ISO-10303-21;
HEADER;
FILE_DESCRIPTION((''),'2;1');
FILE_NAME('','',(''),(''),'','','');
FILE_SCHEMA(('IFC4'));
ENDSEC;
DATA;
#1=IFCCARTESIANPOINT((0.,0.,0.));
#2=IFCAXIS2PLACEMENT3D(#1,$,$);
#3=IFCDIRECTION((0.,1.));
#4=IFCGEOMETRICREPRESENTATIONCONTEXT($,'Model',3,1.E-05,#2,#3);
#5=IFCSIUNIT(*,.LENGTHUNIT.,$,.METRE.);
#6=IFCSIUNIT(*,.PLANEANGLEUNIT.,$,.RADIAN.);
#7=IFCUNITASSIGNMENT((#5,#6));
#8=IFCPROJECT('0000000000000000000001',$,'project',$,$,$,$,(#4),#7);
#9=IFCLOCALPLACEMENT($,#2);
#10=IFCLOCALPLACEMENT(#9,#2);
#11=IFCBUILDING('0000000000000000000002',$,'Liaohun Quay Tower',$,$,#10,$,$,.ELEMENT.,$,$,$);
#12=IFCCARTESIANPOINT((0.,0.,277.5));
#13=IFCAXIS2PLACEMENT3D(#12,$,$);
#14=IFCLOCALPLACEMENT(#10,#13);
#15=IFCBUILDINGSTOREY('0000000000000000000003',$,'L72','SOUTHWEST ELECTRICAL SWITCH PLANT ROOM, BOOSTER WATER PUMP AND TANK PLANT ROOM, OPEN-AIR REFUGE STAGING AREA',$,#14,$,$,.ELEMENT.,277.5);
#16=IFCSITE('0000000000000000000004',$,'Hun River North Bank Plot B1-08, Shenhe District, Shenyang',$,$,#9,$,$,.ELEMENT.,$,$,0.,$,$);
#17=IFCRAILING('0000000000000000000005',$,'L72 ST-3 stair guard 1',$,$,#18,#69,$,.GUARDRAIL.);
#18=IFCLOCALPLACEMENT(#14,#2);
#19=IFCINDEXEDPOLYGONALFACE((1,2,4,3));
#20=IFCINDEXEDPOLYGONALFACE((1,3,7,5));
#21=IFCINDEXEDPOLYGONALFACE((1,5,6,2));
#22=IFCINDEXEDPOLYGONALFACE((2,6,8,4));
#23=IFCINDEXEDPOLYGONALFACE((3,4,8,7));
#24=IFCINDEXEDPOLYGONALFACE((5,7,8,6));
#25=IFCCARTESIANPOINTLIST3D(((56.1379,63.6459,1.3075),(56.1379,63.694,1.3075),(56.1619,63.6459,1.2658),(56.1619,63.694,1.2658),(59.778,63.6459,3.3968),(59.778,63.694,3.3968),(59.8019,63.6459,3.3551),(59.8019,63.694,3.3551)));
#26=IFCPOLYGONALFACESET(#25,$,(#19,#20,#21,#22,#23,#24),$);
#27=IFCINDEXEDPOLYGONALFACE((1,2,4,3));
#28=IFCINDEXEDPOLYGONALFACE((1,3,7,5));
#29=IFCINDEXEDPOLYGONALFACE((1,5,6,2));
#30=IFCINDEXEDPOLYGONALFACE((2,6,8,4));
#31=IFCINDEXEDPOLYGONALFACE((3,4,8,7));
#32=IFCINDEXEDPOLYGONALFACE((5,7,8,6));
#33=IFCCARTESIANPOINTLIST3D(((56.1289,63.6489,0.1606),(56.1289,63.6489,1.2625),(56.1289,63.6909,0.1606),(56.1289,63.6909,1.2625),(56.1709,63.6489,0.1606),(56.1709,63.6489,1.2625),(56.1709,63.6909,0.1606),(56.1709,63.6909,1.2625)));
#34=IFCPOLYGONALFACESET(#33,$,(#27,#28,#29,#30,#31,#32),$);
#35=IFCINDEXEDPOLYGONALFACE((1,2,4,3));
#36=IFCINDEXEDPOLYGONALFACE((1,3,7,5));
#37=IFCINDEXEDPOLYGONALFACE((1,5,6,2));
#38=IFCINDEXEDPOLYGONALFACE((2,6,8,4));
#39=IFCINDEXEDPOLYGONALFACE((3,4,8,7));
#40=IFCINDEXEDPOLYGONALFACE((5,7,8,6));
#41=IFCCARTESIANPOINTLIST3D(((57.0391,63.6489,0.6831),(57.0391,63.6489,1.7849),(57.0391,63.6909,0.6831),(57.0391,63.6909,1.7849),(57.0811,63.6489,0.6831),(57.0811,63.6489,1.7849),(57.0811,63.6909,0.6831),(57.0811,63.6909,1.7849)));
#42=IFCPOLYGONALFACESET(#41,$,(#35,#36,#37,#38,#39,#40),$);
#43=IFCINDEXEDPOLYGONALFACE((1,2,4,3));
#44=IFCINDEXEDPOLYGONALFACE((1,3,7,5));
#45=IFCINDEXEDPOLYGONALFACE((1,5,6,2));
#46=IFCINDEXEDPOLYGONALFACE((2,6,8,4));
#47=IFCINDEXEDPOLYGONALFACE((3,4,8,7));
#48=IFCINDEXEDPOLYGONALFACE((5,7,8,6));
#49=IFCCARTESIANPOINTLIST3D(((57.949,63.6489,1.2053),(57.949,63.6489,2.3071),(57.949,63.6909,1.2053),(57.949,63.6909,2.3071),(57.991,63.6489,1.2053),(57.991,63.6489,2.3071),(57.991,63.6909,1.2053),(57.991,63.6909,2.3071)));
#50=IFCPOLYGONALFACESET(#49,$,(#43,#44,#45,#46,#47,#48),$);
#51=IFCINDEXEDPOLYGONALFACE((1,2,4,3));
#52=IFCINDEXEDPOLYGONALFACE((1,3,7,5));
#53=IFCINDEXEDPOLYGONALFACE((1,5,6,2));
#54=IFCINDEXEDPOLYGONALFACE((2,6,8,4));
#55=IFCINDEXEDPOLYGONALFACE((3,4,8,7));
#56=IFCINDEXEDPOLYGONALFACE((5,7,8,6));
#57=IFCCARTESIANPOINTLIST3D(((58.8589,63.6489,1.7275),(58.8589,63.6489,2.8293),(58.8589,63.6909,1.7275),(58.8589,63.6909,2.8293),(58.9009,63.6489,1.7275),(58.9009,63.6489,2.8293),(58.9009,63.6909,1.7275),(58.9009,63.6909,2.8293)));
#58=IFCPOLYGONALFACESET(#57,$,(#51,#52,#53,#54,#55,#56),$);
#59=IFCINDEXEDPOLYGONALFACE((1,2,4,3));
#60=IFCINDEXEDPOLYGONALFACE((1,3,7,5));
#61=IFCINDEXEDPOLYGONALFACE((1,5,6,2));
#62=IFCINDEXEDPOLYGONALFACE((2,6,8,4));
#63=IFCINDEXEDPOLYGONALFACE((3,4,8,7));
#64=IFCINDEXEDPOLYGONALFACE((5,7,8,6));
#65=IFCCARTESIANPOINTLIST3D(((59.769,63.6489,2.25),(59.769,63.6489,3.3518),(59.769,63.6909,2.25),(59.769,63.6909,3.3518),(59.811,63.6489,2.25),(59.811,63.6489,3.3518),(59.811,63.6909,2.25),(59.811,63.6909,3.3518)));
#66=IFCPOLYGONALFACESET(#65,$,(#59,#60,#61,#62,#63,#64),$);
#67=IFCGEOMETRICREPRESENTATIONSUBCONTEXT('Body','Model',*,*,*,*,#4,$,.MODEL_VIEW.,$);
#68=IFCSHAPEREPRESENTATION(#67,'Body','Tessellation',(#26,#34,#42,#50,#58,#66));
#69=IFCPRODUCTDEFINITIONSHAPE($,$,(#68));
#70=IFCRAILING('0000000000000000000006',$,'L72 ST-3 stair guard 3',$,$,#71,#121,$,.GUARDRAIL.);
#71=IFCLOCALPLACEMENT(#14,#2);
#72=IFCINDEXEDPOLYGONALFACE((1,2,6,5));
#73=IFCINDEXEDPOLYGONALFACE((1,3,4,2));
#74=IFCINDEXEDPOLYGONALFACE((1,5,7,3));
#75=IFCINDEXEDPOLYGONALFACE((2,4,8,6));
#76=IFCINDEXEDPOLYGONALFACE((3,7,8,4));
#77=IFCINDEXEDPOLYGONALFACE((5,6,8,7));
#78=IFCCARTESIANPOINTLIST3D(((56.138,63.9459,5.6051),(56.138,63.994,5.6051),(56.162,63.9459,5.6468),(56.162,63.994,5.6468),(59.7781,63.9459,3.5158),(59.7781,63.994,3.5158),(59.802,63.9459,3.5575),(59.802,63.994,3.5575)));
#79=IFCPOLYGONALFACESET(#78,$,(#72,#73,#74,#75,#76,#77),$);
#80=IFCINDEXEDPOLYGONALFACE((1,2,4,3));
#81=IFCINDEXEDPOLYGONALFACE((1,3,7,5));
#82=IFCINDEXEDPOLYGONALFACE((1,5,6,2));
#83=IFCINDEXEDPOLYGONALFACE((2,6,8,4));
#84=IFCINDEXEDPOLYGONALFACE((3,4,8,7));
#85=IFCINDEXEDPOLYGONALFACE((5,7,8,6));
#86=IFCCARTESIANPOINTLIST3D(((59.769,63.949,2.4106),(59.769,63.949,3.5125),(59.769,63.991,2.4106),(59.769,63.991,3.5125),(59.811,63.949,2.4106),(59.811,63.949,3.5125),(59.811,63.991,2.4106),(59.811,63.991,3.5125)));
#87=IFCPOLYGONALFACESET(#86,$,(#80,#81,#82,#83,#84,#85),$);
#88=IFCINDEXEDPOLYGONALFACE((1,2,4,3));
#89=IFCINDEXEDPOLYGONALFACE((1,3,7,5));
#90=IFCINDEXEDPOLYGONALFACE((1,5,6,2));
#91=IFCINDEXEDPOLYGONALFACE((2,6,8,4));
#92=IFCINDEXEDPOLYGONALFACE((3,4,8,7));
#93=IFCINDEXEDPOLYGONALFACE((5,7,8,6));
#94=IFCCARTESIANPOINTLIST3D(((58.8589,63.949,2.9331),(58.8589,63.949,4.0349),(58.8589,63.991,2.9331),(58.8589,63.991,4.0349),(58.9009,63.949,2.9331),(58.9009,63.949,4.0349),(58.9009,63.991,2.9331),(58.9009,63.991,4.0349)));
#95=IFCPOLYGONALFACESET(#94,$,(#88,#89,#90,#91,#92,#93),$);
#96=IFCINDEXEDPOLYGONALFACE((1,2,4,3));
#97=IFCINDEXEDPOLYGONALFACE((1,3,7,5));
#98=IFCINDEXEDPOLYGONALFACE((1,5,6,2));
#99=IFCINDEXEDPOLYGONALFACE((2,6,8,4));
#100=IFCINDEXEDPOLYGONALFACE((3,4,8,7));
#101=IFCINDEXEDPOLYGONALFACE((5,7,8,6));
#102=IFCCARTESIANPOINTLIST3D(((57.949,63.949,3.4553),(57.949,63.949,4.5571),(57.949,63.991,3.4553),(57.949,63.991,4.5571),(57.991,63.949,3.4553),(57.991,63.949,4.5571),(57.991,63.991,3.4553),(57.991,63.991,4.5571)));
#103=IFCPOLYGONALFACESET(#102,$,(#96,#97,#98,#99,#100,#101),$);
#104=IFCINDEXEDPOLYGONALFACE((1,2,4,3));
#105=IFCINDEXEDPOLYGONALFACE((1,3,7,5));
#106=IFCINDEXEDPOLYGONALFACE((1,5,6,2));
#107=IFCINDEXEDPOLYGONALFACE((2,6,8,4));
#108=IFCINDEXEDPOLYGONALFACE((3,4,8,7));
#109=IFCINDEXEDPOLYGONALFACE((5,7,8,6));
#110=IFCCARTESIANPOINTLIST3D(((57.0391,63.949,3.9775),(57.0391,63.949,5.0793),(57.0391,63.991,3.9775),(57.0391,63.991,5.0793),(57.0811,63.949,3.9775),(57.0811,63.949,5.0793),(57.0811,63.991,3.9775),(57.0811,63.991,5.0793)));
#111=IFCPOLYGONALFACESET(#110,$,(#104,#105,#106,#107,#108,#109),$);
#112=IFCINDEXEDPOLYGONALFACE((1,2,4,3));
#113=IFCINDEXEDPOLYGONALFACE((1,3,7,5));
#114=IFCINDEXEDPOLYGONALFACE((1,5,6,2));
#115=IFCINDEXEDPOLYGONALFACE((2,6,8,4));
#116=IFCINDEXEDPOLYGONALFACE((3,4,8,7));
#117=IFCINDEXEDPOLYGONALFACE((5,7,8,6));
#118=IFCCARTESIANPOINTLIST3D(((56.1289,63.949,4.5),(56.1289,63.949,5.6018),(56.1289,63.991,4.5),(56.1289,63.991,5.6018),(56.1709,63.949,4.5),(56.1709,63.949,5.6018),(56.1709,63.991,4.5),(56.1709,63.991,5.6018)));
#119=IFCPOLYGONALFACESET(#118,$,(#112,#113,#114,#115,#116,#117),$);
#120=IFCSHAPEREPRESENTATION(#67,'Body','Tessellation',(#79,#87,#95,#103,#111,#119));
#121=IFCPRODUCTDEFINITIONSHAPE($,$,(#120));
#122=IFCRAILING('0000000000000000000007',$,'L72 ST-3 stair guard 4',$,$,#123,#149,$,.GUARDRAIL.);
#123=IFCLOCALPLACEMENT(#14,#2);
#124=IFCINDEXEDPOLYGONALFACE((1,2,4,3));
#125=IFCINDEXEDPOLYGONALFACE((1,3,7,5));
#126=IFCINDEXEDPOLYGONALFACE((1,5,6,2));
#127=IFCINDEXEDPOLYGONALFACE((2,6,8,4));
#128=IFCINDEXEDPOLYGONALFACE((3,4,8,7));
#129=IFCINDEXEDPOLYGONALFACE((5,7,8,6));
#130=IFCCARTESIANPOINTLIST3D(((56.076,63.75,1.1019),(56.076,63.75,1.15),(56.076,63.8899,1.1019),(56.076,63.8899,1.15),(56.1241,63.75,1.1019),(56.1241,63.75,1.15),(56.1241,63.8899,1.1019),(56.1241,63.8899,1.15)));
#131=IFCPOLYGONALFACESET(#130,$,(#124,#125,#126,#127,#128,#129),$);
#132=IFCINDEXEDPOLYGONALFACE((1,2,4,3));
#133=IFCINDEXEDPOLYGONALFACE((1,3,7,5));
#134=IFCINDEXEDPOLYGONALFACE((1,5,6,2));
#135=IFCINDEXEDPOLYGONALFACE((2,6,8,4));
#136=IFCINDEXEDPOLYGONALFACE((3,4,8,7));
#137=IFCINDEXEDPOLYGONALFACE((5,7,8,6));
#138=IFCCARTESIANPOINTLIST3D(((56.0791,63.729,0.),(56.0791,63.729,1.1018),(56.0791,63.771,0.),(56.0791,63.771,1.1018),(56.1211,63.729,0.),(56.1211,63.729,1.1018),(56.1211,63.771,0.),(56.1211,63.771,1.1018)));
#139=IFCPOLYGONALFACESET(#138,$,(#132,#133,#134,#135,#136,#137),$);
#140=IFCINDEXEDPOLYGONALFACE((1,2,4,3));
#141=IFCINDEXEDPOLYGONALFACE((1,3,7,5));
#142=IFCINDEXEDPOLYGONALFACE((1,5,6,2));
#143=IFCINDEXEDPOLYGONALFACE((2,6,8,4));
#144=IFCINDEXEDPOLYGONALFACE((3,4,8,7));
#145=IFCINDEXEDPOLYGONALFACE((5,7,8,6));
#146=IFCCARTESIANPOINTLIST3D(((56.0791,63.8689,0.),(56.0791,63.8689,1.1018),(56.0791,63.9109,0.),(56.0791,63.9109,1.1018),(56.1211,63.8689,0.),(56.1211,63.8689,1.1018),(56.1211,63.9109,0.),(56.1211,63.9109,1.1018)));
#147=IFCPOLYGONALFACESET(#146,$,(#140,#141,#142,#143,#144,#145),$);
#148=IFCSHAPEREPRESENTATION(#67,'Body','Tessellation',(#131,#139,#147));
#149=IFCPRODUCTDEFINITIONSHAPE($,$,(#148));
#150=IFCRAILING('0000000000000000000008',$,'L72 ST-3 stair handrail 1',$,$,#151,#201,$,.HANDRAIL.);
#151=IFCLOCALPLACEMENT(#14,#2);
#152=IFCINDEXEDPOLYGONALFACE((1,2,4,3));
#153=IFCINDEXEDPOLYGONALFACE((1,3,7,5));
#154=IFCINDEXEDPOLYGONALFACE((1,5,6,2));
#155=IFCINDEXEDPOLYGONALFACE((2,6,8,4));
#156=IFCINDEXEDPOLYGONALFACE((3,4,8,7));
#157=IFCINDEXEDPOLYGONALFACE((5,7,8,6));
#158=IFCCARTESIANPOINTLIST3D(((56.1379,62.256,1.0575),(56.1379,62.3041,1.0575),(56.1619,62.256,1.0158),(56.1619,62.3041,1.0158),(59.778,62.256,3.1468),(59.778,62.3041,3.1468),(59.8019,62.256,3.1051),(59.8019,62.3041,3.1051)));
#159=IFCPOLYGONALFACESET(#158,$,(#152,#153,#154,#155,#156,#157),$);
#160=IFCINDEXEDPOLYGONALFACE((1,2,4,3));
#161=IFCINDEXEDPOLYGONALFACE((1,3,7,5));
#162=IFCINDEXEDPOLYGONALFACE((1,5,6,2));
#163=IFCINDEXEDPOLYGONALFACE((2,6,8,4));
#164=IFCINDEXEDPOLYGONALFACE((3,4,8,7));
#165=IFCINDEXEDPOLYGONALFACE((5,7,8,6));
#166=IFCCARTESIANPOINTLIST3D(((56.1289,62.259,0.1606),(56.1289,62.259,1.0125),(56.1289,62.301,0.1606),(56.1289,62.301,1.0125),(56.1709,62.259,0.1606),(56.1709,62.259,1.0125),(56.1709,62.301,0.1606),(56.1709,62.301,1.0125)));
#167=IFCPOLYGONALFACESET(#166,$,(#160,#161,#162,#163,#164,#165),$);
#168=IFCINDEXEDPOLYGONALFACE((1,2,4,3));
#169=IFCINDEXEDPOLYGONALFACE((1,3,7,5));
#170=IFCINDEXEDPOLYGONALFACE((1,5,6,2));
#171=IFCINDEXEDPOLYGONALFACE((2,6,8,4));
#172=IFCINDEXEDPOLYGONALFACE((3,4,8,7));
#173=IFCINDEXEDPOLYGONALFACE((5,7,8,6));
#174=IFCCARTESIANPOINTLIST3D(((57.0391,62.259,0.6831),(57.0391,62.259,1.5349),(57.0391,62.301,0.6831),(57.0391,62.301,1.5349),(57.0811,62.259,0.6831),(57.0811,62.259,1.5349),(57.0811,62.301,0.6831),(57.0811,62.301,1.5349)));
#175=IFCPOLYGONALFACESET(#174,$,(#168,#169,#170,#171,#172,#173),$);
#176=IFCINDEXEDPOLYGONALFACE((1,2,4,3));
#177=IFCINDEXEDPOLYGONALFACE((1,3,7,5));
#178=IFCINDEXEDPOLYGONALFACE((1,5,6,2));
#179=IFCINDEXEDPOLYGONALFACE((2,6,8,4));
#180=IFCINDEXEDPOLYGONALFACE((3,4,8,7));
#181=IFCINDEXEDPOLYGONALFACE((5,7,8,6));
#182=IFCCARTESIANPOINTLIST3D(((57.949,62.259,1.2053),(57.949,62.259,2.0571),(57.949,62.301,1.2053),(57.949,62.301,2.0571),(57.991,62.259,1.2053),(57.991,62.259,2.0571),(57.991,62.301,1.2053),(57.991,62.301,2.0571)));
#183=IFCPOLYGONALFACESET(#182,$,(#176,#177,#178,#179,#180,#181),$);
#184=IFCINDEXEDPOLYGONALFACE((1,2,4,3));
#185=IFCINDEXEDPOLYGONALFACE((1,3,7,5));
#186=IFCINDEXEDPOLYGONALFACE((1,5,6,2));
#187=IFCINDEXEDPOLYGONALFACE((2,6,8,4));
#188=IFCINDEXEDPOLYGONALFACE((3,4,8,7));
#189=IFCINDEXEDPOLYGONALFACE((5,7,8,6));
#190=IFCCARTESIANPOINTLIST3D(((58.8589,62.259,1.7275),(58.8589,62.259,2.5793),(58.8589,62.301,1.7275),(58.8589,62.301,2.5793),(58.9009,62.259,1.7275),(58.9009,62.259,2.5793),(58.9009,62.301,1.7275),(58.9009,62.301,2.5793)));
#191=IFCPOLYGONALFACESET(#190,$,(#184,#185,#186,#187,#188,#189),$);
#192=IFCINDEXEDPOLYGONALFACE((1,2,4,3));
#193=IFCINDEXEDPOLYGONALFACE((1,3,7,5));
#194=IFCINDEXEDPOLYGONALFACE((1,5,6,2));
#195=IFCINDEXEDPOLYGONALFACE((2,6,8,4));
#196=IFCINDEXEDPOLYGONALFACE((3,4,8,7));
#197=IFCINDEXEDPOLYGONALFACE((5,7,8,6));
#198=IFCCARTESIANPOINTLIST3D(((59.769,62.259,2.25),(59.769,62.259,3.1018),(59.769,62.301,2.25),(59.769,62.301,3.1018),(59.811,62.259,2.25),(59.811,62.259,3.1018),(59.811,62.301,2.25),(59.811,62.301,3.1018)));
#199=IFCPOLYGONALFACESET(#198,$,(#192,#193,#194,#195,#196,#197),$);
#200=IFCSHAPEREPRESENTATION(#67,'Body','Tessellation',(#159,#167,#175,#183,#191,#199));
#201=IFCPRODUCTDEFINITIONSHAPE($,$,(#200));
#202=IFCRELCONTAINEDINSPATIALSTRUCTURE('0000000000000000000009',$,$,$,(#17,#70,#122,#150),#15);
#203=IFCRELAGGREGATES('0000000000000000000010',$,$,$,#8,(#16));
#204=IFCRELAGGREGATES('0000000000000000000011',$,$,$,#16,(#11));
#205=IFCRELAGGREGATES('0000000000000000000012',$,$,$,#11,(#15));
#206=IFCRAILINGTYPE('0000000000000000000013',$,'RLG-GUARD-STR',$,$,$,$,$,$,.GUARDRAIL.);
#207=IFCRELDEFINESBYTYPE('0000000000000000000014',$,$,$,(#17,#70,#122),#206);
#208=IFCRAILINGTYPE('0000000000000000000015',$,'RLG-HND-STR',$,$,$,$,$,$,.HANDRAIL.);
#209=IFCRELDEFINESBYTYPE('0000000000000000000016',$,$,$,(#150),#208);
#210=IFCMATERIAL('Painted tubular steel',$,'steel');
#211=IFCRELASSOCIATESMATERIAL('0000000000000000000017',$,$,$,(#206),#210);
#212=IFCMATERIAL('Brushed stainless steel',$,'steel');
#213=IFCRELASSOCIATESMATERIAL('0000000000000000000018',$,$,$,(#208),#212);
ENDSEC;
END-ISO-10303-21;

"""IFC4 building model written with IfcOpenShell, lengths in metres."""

from ifc_helpers import new_model, si_unit, direction, frame, origin, origin_2d, place, context, subcontext, project, spatial, rectangle, extrude, material, type_object, element, save


model = new_model("IFC4")

# Units and contexts
model_context = context("Model", 3, precision=1e-05, world=origin(), true_north=direction((0.0, 1.0)))
body_context = subcontext(model_context, "Body", "Model", "MODEL_VIEW")
ifc_project = project(units=[si_unit("LENGTHUNIT", "METRE"), si_unit("PLANEANGLEUNIT", "RADIAN")], contexts=[model_context])

# Site, building, storey
site_placement = place(None, origin())
site = spatial("IfcSite", under=ifc_project, at=site_placement, Name="Hun River North Bank Plot B1-08, Shenhe District, Shenyang", CompositionType="ELEMENT", RefElevation=0.0)
building_placement = place(site_placement, origin())
building = spatial("IfcBuilding", under=site, at=building_placement, Name="Liaohun Quay Tower", CompositionType="ELEMENT")
storey_placement = place(building_placement, frame((0.0, 0.0, 277.5)))
storey = spatial("IfcBuildingStorey", under=building, at=storey_placement, Name="L72", Description="SOUTHWEST ELECTRICAL SWITCH PLANT ROOM, BOOSTER WATER PUMP AND TANK PLANT ROOM, OPEN-AIR REFUGE STAGING AREA", CompositionType="ELEMENT", Elevation=277.5)

# Railings
ifc_material_1 = material(Name="Painted tubular steel", Category="steel")
railing_type_1 = type_object("IfcRailingType", Name="RLG-GUARD-STR", PredefinedType="GUARDRAIL", material=ifc_material_1)
railing_1_placement = place(storey_placement, frame((56.1499, 63.6699, 0.1606)))
element("IfcRailing", 1, at=railing_1_placement, inside=storey, type_object=railing_type_1, Name="L72 ST-3 stair guard 1", PredefinedType="GUARDRAIL", context=body_context, shape_type="SweptSolid", body=[
    extrude(rectangle(XDim=0.0481, YDim=0.0481, at=origin_2d()), frame((0.0, 0.0, 1.126), z_axis=(0.867289, 0.0, 0.497804), x_axis=(0.0, 1.0, 0.0)), (0.0, 0.0, 1.0), 4.197),
    extrude(rectangle(XDim=0.042, YDim=0.042, at=origin_2d()), origin(), (0.0, 0.0, 1.0), 1.1018),
    extrude(rectangle(XDim=0.042, YDim=0.042, at=origin_2d()), frame((0.9102, 0.0, 0.5225)), (0.0, 0.0, 1.0), 1.1018),
    extrude(rectangle(XDim=0.042, YDim=0.042, at=origin_2d()), frame((1.8201, 0.0, 1.0447)), (0.0, 0.0, 1.0), 1.1018),
    extrude(rectangle(XDim=0.042, YDim=0.042, at=origin_2d()), frame((2.73, 0.0, 1.5669)), (0.0, 0.0, 1.0), 1.1018),
    extrude(rectangle(XDim=0.042, YDim=0.042, at=origin_2d()), frame((3.6401, 0.0, 2.0894)), (0.0, 0.0, 1.0), 1.1018),
])
railing_2_placement = place(storey_placement, frame((59.79, 63.97, 2.4106)))
element("IfcRailing", 2, at=railing_2_placement, inside=storey, type_object=railing_type_1, Name="L72 ST-3 stair guard 3", PredefinedType="GUARDRAIL", context=body_context, shape_type="SweptSolid", body=[
    extrude(rectangle(XDim=0.0481, YDim=0.0481, at=origin_2d()), frame((0.0, 0.0, 1.126), z_axis=(-0.867289, 0.0, 0.497804), x_axis=(0.0, -1.0, 0.0)), (0.0, 0.0, 1.0), 4.197),
    extrude(rectangle(XDim=0.042, YDim=0.042, at=origin_2d()), origin(), (0.0, 0.0, 1.0), 1.1018),
    extrude(rectangle(XDim=0.042, YDim=0.042, at=origin_2d()), frame((-0.9102, 0.0, 0.5225)), (0.0, 0.0, 1.0), 1.1018),
    extrude(rectangle(XDim=0.042, YDim=0.042, at=origin_2d()), frame((-1.8201, 0.0, 1.0447)), (0.0, 0.0, 1.0), 1.1018),
    extrude(rectangle(XDim=0.042, YDim=0.042, at=origin_2d()), frame((-2.73, 0.0, 1.5669)), (0.0, 0.0, 1.0), 1.1018),
    extrude(rectangle(XDim=0.042, YDim=0.042, at=origin_2d()), frame((-3.6401, 0.0, 2.0894)), (0.0, 0.0, 1.0), 1.1018),
])
railing_3_placement = place(storey_placement, frame((56.1001, 63.75, 0.0)))
element("IfcRailing", 3, at=railing_3_placement, inside=storey, type_object=railing_type_1, Name="L72 ST-3 stair guard 4", PredefinedType="GUARDRAIL", context=body_context, shape_type="SweptSolid", body=[
    extrude(rectangle(XDim=0.0481, YDim=0.0481, at=origin_2d()), frame((0.0, 0.0, 1.126), z_axis=(0.0, 1.0, 0.0), x_axis=(-1.0, 0.0, 0.0)), (0.0, 0.0, 1.0), 0.1399),
    extrude(rectangle(XDim=0.042, YDim=0.042, at=origin_2d()), origin(), (0.0, 0.0, 1.0), 1.1018),
    extrude(rectangle(XDim=0.042, YDim=0.042, at=origin_2d()), frame((0.0, 0.1399, 0.0)), (0.0, 0.0, 1.0), 1.1018),
])
ifc_material_2 = material(Name="Brushed stainless steel", Category="steel")
railing_type_2 = type_object("IfcRailingType", Name="RLG-HND-STR", PredefinedType="HANDRAIL", material=ifc_material_2)
railing_4_placement = place(storey_placement, frame((56.1499, 62.28, 0.1606)))
element("IfcRailing", 4, at=railing_4_placement, inside=storey, type_object=railing_type_2, Name="L72 ST-3 stair handrail 1", PredefinedType="HANDRAIL", context=body_context, shape_type="SweptSolid", body=[
    extrude(rectangle(XDim=0.0481, YDim=0.0481, at=origin_2d()), frame((0.0, 0.0, 0.876), z_axis=(0.867289, 0.0, 0.497804), x_axis=(0.0, 1.0, 0.0)), (0.0, 0.0, 1.0), 4.197),
    extrude(rectangle(XDim=0.042, YDim=0.042, at=origin_2d()), origin(), (0.0, 0.0, 1.0), 0.8518),
    extrude(rectangle(XDim=0.042, YDim=0.042, at=origin_2d()), frame((0.9102, 0.0, 0.5225)), (0.0, 0.0, 1.0), 0.8518),
    extrude(rectangle(XDim=0.042, YDim=0.042, at=origin_2d()), frame((1.8201, 0.0, 1.0447)), (0.0, 0.0, 1.0), 0.8518),
    extrude(rectangle(XDim=0.042, YDim=0.042, at=origin_2d()), frame((2.73, 0.0, 1.5669)), (0.0, 0.0, 1.0), 0.8518),
    extrude(rectangle(XDim=0.042, YDim=0.042, at=origin_2d()), frame((3.6401, 0.0, 2.0894)), (0.0, 0.0, 1.0), 0.8518),
])

save(model, "model.ifc")
